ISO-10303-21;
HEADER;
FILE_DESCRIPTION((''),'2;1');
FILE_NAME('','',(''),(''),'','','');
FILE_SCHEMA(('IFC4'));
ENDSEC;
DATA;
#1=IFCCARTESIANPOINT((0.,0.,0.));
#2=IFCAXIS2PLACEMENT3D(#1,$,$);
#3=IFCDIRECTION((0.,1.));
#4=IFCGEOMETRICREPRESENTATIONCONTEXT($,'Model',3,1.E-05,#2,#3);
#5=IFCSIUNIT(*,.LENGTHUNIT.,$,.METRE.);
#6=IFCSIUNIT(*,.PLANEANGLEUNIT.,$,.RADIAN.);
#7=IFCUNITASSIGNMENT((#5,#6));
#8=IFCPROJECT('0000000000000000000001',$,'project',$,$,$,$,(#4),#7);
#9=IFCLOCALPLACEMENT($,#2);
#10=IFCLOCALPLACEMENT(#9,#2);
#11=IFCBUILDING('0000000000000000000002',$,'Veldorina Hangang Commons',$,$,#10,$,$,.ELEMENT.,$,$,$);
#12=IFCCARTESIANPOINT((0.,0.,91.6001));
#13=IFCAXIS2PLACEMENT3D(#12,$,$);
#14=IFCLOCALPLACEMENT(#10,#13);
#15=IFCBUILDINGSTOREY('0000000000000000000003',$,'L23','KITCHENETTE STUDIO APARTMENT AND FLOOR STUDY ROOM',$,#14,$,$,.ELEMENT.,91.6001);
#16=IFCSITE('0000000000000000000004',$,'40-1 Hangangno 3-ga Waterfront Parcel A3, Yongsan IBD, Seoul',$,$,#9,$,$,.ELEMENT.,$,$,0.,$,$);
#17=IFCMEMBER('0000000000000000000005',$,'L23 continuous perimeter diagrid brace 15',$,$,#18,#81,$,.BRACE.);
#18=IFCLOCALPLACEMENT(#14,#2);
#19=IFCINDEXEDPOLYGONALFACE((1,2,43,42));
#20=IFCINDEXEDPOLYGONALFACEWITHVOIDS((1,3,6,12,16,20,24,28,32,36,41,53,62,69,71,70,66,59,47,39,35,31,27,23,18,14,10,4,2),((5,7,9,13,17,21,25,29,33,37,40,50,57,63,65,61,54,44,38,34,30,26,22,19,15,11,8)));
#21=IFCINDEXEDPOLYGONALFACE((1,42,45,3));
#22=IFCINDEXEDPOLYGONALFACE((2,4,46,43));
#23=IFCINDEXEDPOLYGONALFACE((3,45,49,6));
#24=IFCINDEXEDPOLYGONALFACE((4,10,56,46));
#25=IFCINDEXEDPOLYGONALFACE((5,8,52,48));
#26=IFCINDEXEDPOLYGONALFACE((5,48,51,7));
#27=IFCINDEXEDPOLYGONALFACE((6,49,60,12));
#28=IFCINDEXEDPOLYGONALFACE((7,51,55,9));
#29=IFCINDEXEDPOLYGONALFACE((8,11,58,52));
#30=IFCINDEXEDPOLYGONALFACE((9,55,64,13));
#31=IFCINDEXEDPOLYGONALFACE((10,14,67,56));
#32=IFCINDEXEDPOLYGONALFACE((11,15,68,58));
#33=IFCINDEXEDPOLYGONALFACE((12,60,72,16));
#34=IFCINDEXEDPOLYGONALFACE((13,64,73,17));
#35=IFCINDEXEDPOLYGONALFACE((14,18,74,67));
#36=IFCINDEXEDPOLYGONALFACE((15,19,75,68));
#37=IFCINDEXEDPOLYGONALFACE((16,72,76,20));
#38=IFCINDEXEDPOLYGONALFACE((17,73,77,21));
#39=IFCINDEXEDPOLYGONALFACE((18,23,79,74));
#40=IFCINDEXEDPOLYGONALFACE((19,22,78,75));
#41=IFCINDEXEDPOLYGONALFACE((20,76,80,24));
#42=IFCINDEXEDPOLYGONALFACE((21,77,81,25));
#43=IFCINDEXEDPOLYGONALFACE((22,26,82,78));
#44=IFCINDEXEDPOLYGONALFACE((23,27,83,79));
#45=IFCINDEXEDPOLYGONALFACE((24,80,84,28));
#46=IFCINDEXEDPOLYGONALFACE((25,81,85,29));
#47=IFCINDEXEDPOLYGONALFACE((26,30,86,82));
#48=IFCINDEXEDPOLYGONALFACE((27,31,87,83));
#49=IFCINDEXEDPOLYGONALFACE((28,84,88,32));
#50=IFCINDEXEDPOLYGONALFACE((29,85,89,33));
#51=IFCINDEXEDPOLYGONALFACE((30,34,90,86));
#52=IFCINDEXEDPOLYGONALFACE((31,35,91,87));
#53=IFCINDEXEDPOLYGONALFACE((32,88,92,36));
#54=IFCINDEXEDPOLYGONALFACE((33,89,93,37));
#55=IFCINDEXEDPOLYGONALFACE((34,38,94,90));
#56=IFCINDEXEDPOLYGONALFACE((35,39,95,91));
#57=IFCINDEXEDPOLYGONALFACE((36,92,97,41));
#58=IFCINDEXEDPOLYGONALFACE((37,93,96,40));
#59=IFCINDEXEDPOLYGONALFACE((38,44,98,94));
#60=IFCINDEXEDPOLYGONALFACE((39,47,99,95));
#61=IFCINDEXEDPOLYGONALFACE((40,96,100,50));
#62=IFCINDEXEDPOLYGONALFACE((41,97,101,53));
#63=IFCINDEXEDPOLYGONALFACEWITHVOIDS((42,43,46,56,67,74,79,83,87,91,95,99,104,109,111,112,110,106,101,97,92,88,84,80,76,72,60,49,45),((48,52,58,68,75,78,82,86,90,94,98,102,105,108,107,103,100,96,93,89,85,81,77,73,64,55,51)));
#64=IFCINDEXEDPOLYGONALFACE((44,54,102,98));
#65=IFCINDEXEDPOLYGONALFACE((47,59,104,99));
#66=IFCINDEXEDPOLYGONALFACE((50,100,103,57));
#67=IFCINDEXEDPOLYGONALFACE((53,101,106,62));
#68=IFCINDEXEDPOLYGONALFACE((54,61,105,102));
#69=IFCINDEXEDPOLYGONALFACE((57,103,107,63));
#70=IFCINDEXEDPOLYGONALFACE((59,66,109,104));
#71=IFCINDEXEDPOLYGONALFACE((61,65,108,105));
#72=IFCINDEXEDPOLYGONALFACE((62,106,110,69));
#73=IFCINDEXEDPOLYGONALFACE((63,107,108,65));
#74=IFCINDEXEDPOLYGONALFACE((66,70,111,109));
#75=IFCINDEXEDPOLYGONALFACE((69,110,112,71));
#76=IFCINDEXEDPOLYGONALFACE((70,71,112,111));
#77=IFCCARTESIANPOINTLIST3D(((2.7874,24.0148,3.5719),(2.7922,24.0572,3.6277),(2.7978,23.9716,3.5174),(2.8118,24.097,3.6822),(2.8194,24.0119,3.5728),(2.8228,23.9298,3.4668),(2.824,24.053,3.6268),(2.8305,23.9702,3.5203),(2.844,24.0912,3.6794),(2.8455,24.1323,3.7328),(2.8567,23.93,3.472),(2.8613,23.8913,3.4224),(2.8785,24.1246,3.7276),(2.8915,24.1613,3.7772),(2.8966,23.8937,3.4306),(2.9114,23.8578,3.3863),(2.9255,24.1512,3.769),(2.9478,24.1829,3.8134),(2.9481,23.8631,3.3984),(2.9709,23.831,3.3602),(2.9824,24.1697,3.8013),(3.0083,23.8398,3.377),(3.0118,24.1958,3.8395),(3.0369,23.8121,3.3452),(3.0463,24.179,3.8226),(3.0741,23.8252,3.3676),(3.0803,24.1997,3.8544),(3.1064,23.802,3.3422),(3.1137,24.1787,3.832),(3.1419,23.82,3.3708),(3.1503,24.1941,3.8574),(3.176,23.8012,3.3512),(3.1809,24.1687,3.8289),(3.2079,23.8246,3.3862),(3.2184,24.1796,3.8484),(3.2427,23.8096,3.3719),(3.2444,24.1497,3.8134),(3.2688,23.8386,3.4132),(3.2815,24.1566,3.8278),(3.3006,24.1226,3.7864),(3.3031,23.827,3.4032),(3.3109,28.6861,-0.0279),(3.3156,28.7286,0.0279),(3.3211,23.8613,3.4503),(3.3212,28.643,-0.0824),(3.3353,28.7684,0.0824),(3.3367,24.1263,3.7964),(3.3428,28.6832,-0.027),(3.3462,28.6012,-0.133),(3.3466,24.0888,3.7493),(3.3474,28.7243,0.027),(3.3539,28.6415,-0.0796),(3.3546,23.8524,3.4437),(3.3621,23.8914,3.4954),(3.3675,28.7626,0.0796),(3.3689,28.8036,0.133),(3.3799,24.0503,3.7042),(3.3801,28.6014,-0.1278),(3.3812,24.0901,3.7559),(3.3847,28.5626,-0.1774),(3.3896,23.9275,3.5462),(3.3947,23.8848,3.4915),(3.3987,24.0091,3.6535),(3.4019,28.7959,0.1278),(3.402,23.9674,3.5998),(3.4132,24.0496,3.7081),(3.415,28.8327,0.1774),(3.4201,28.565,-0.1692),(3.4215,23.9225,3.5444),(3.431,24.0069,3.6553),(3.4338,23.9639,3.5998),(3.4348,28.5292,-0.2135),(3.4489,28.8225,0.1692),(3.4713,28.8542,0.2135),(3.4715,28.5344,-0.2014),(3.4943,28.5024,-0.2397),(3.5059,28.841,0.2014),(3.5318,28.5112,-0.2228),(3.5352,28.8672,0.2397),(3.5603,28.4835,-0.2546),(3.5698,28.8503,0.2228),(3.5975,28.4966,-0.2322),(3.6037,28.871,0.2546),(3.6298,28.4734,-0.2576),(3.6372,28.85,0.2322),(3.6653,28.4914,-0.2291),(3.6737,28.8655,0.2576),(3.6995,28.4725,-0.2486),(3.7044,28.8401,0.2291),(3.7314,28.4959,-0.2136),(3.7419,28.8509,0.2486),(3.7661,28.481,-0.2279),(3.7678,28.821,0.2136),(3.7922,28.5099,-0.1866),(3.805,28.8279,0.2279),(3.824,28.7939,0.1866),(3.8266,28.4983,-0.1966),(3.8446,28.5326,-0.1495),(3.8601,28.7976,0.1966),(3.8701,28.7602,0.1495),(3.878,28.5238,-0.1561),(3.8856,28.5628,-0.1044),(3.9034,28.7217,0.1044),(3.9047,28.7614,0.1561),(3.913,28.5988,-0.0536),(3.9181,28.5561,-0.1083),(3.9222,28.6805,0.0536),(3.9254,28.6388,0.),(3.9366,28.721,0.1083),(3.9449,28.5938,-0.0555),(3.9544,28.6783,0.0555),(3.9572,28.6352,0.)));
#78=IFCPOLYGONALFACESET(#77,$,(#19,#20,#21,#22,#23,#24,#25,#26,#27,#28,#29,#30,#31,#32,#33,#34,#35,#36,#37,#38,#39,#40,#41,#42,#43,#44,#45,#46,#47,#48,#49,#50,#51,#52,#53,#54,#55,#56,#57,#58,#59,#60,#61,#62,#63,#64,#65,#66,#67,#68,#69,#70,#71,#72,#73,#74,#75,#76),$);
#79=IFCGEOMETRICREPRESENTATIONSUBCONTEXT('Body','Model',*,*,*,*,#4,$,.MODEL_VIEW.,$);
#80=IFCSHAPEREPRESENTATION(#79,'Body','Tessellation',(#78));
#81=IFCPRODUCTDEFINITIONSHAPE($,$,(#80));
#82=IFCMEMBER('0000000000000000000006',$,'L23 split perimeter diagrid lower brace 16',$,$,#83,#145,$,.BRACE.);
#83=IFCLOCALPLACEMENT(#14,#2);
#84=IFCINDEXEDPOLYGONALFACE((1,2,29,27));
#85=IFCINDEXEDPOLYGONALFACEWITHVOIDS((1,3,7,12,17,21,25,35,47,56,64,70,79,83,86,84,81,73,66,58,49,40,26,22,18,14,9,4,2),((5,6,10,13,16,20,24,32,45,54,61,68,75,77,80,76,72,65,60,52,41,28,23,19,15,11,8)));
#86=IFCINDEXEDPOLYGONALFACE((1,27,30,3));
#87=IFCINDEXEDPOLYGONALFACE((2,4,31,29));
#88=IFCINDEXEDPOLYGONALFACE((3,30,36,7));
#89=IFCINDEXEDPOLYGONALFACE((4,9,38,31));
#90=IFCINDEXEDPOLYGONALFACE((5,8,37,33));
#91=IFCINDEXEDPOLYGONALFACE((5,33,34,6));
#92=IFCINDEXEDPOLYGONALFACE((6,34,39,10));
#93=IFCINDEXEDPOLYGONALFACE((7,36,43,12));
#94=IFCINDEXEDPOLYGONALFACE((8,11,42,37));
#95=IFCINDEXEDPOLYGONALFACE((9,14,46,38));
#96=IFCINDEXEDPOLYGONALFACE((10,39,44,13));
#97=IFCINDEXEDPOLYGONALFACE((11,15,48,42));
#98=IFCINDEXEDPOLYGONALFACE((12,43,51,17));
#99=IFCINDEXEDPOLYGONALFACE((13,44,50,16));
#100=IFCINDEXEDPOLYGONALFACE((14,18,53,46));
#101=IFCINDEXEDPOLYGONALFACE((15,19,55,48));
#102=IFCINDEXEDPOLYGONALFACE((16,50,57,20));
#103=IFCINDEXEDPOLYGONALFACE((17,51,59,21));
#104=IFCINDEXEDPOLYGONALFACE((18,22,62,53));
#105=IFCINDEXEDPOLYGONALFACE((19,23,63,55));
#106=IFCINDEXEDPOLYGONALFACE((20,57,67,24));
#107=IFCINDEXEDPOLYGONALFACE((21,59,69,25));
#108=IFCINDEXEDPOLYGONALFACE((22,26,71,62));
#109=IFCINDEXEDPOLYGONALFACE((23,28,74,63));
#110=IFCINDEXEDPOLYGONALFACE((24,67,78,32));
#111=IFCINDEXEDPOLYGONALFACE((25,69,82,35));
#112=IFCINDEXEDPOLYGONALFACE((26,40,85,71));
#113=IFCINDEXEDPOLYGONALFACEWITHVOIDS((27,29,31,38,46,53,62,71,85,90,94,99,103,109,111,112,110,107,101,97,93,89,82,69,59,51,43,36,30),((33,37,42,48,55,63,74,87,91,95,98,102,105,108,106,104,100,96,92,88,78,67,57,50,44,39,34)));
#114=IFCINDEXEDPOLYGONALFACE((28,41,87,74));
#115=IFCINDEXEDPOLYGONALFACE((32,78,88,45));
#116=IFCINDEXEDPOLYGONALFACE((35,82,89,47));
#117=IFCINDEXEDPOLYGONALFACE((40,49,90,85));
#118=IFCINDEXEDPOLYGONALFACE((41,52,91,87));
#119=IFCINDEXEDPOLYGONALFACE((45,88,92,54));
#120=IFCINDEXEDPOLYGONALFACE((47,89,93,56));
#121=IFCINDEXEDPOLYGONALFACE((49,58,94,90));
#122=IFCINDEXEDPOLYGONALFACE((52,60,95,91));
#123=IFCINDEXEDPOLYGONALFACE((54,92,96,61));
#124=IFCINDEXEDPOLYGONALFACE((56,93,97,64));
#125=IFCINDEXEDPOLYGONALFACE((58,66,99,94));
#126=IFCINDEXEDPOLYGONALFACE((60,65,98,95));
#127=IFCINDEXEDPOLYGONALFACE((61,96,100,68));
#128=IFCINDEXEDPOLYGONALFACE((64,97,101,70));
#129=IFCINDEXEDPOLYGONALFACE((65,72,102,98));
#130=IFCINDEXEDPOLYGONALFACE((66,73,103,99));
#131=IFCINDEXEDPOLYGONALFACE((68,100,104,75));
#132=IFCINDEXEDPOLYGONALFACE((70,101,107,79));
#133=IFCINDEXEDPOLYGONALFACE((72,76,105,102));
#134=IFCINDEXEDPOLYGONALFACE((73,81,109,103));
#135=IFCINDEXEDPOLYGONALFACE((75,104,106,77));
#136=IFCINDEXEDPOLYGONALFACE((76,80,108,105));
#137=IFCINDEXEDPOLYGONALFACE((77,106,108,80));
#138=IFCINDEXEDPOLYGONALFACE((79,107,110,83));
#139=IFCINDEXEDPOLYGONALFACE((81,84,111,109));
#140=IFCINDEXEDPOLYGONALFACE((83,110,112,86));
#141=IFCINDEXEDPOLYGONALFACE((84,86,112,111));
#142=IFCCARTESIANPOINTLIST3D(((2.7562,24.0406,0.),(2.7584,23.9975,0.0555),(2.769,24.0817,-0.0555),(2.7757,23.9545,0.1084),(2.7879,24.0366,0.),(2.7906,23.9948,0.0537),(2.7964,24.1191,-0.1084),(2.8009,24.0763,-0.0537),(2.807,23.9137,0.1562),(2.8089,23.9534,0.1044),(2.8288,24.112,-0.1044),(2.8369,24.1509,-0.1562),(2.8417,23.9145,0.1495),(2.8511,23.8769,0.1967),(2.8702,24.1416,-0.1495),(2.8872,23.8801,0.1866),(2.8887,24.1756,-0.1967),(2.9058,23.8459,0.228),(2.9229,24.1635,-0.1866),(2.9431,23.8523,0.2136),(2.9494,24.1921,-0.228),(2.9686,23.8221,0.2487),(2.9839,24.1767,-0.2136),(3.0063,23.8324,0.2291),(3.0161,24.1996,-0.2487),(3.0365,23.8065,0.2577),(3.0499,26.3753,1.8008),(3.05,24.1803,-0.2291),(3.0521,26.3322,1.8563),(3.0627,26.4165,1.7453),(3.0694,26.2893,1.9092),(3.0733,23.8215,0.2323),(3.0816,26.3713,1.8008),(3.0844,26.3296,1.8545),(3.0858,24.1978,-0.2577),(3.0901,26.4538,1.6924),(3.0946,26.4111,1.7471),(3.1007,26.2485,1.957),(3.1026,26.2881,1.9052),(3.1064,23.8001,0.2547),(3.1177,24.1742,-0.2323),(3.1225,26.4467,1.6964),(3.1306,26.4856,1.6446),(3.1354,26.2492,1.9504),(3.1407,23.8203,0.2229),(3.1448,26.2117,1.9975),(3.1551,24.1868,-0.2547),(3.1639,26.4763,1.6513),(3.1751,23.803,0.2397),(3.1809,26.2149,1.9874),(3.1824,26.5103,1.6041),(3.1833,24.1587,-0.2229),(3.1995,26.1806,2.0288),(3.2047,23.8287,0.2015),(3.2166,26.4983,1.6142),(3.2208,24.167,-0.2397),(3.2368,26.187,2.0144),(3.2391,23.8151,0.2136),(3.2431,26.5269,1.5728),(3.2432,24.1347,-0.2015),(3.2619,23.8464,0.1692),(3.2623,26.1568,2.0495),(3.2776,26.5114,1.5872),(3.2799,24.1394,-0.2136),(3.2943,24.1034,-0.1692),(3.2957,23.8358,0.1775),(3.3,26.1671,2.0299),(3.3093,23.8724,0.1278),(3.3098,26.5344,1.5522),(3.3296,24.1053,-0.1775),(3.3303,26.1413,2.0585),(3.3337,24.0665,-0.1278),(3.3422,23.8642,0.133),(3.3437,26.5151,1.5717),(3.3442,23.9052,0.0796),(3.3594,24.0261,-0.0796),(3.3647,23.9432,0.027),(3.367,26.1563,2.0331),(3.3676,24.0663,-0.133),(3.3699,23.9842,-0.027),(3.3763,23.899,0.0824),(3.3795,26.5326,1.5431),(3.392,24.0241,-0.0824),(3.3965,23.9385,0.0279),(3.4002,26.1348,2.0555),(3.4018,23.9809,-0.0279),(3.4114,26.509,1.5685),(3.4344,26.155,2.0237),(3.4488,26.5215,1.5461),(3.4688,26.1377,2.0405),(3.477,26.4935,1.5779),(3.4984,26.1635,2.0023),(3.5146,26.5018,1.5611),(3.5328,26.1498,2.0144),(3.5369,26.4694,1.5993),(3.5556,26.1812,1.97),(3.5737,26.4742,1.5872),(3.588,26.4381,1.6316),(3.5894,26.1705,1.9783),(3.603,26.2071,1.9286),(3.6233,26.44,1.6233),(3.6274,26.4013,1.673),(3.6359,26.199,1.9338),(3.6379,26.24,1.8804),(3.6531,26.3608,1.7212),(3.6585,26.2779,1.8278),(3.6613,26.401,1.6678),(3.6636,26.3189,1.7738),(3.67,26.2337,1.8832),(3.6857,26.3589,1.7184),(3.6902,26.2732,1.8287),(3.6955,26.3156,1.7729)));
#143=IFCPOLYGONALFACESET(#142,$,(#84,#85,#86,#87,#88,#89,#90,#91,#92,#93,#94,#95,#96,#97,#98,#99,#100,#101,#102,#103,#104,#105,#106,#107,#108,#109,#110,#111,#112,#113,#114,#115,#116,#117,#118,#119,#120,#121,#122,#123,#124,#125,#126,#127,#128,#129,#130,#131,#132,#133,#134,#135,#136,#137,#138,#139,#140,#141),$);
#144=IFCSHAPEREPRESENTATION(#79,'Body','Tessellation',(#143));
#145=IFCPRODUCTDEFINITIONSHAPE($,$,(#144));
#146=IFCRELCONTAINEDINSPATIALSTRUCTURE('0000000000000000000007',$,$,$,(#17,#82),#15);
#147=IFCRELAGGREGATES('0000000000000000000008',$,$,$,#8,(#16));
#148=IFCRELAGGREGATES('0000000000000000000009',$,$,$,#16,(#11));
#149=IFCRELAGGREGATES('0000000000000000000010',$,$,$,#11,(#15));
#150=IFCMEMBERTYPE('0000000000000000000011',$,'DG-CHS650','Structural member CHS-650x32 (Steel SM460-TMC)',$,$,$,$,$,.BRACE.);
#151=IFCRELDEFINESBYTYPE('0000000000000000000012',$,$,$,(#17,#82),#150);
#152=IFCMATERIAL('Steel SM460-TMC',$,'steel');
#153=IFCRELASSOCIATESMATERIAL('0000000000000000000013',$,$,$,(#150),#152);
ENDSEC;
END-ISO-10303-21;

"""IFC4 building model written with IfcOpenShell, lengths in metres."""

from ifc_helpers import new_model, si_unit, direction, frame, origin, origin_2d, place, context, subcontext, project, spatial, hollow_circle, extrude, material, material_profile, profile_set, type_object, element, save


model = new_model("IFC4")

# Units and contexts
model_context = context("Model", 3, precision=1e-05, world=origin(), true_north=direction((0.0, 1.0)))
body_context = subcontext(model_context, "Body", "Model", "MODEL_VIEW")
ifc_project = project(units=[si_unit("LENGTHUNIT", "METRE"), si_unit("PLANEANGLEUNIT", "RADIAN")], contexts=[model_context])

# Site, building, storey
site_placement = place(None, origin())
site = spatial("IfcSite", under=ifc_project, at=site_placement, Name="40-1 Hangangno 3-ga Waterfront Parcel A3, Yongsan IBD, Seoul", CompositionType="ELEMENT", RefElevation=0.0)
building_placement = place(site_placement, origin())
building = spatial("IfcBuilding", under=site, at=building_placement, Name="Veldorina Hangang Commons", CompositionType="ELEMENT")
storey_placement = place(building_placement, frame((0.0, 0.0, 91.6001)))
storey = spatial("IfcBuildingStorey", under=building, at=storey_placement, Name="L23", Description="KITCHENETTE STUDIO APARTMENT AND FLOOR STUDY ROOM", CompositionType="ELEMENT", Elevation=91.6001)

# Members
ifc_material_1 = material(Name="Steel SM460-TMC", Category="steel")
ifc_material_profile_1 = material_profile(ifc_material_1, hollow_circle(Radius=0.325, WallThickness=0.032, at=origin_2d()), Name="CHS-650x32")
ifc_profile_set_1 = profile_set([ifc_material_profile_1], Name="Steel SM460-TMC")
member_type = type_object("IfcMemberType", Name="DG-CHS650", Description="Structural member CHS-650x32 (Steel SM460-TMC)", PredefinedType="BRACE", material=ifc_profile_set_1)
member_1_placement = place(storey_placement, frame((3.6343, 28.6714, 0.0), z_axis=(-0.088408, -0.788991, 0.608011), x_axis=(0.993781, -0.111355, 0.0)))
element("IfcMember", 1, at=member_1_placement, inside=storey, type_object=member_type, Name="L23 continuous perimeter diagrid brace 15", PredefinedType="BRACE", context=body_context, shape_type="SweptSolid", body=[
    extrude(hollow_circle(Radius=0.325, WallThickness=0.032, at=origin_2d()), origin(), (0.0, 0.0, 1.0), 5.9207),
])
member_2_placement = place(storey_placement, frame((3.0786, 24.0, 0.0), z_axis=(0.099119, 0.78793, 0.607735), x_axis=(-0.99218, 0.124814, 0.0)))
element("IfcMember", 2, at=member_2_placement, inside=storey, type_object=member_type, Name="L23 split perimeter diagrid lower brace 16", PredefinedType="BRACE", context=body_context, shape_type="SweptSolid", body=[
    extrude(hollow_circle(Radius=0.325, WallThickness=0.032, at=origin_2d()), origin(), (0.0, 0.0, 1.0), 2.9631),
])

save(model, "model.ifc")
